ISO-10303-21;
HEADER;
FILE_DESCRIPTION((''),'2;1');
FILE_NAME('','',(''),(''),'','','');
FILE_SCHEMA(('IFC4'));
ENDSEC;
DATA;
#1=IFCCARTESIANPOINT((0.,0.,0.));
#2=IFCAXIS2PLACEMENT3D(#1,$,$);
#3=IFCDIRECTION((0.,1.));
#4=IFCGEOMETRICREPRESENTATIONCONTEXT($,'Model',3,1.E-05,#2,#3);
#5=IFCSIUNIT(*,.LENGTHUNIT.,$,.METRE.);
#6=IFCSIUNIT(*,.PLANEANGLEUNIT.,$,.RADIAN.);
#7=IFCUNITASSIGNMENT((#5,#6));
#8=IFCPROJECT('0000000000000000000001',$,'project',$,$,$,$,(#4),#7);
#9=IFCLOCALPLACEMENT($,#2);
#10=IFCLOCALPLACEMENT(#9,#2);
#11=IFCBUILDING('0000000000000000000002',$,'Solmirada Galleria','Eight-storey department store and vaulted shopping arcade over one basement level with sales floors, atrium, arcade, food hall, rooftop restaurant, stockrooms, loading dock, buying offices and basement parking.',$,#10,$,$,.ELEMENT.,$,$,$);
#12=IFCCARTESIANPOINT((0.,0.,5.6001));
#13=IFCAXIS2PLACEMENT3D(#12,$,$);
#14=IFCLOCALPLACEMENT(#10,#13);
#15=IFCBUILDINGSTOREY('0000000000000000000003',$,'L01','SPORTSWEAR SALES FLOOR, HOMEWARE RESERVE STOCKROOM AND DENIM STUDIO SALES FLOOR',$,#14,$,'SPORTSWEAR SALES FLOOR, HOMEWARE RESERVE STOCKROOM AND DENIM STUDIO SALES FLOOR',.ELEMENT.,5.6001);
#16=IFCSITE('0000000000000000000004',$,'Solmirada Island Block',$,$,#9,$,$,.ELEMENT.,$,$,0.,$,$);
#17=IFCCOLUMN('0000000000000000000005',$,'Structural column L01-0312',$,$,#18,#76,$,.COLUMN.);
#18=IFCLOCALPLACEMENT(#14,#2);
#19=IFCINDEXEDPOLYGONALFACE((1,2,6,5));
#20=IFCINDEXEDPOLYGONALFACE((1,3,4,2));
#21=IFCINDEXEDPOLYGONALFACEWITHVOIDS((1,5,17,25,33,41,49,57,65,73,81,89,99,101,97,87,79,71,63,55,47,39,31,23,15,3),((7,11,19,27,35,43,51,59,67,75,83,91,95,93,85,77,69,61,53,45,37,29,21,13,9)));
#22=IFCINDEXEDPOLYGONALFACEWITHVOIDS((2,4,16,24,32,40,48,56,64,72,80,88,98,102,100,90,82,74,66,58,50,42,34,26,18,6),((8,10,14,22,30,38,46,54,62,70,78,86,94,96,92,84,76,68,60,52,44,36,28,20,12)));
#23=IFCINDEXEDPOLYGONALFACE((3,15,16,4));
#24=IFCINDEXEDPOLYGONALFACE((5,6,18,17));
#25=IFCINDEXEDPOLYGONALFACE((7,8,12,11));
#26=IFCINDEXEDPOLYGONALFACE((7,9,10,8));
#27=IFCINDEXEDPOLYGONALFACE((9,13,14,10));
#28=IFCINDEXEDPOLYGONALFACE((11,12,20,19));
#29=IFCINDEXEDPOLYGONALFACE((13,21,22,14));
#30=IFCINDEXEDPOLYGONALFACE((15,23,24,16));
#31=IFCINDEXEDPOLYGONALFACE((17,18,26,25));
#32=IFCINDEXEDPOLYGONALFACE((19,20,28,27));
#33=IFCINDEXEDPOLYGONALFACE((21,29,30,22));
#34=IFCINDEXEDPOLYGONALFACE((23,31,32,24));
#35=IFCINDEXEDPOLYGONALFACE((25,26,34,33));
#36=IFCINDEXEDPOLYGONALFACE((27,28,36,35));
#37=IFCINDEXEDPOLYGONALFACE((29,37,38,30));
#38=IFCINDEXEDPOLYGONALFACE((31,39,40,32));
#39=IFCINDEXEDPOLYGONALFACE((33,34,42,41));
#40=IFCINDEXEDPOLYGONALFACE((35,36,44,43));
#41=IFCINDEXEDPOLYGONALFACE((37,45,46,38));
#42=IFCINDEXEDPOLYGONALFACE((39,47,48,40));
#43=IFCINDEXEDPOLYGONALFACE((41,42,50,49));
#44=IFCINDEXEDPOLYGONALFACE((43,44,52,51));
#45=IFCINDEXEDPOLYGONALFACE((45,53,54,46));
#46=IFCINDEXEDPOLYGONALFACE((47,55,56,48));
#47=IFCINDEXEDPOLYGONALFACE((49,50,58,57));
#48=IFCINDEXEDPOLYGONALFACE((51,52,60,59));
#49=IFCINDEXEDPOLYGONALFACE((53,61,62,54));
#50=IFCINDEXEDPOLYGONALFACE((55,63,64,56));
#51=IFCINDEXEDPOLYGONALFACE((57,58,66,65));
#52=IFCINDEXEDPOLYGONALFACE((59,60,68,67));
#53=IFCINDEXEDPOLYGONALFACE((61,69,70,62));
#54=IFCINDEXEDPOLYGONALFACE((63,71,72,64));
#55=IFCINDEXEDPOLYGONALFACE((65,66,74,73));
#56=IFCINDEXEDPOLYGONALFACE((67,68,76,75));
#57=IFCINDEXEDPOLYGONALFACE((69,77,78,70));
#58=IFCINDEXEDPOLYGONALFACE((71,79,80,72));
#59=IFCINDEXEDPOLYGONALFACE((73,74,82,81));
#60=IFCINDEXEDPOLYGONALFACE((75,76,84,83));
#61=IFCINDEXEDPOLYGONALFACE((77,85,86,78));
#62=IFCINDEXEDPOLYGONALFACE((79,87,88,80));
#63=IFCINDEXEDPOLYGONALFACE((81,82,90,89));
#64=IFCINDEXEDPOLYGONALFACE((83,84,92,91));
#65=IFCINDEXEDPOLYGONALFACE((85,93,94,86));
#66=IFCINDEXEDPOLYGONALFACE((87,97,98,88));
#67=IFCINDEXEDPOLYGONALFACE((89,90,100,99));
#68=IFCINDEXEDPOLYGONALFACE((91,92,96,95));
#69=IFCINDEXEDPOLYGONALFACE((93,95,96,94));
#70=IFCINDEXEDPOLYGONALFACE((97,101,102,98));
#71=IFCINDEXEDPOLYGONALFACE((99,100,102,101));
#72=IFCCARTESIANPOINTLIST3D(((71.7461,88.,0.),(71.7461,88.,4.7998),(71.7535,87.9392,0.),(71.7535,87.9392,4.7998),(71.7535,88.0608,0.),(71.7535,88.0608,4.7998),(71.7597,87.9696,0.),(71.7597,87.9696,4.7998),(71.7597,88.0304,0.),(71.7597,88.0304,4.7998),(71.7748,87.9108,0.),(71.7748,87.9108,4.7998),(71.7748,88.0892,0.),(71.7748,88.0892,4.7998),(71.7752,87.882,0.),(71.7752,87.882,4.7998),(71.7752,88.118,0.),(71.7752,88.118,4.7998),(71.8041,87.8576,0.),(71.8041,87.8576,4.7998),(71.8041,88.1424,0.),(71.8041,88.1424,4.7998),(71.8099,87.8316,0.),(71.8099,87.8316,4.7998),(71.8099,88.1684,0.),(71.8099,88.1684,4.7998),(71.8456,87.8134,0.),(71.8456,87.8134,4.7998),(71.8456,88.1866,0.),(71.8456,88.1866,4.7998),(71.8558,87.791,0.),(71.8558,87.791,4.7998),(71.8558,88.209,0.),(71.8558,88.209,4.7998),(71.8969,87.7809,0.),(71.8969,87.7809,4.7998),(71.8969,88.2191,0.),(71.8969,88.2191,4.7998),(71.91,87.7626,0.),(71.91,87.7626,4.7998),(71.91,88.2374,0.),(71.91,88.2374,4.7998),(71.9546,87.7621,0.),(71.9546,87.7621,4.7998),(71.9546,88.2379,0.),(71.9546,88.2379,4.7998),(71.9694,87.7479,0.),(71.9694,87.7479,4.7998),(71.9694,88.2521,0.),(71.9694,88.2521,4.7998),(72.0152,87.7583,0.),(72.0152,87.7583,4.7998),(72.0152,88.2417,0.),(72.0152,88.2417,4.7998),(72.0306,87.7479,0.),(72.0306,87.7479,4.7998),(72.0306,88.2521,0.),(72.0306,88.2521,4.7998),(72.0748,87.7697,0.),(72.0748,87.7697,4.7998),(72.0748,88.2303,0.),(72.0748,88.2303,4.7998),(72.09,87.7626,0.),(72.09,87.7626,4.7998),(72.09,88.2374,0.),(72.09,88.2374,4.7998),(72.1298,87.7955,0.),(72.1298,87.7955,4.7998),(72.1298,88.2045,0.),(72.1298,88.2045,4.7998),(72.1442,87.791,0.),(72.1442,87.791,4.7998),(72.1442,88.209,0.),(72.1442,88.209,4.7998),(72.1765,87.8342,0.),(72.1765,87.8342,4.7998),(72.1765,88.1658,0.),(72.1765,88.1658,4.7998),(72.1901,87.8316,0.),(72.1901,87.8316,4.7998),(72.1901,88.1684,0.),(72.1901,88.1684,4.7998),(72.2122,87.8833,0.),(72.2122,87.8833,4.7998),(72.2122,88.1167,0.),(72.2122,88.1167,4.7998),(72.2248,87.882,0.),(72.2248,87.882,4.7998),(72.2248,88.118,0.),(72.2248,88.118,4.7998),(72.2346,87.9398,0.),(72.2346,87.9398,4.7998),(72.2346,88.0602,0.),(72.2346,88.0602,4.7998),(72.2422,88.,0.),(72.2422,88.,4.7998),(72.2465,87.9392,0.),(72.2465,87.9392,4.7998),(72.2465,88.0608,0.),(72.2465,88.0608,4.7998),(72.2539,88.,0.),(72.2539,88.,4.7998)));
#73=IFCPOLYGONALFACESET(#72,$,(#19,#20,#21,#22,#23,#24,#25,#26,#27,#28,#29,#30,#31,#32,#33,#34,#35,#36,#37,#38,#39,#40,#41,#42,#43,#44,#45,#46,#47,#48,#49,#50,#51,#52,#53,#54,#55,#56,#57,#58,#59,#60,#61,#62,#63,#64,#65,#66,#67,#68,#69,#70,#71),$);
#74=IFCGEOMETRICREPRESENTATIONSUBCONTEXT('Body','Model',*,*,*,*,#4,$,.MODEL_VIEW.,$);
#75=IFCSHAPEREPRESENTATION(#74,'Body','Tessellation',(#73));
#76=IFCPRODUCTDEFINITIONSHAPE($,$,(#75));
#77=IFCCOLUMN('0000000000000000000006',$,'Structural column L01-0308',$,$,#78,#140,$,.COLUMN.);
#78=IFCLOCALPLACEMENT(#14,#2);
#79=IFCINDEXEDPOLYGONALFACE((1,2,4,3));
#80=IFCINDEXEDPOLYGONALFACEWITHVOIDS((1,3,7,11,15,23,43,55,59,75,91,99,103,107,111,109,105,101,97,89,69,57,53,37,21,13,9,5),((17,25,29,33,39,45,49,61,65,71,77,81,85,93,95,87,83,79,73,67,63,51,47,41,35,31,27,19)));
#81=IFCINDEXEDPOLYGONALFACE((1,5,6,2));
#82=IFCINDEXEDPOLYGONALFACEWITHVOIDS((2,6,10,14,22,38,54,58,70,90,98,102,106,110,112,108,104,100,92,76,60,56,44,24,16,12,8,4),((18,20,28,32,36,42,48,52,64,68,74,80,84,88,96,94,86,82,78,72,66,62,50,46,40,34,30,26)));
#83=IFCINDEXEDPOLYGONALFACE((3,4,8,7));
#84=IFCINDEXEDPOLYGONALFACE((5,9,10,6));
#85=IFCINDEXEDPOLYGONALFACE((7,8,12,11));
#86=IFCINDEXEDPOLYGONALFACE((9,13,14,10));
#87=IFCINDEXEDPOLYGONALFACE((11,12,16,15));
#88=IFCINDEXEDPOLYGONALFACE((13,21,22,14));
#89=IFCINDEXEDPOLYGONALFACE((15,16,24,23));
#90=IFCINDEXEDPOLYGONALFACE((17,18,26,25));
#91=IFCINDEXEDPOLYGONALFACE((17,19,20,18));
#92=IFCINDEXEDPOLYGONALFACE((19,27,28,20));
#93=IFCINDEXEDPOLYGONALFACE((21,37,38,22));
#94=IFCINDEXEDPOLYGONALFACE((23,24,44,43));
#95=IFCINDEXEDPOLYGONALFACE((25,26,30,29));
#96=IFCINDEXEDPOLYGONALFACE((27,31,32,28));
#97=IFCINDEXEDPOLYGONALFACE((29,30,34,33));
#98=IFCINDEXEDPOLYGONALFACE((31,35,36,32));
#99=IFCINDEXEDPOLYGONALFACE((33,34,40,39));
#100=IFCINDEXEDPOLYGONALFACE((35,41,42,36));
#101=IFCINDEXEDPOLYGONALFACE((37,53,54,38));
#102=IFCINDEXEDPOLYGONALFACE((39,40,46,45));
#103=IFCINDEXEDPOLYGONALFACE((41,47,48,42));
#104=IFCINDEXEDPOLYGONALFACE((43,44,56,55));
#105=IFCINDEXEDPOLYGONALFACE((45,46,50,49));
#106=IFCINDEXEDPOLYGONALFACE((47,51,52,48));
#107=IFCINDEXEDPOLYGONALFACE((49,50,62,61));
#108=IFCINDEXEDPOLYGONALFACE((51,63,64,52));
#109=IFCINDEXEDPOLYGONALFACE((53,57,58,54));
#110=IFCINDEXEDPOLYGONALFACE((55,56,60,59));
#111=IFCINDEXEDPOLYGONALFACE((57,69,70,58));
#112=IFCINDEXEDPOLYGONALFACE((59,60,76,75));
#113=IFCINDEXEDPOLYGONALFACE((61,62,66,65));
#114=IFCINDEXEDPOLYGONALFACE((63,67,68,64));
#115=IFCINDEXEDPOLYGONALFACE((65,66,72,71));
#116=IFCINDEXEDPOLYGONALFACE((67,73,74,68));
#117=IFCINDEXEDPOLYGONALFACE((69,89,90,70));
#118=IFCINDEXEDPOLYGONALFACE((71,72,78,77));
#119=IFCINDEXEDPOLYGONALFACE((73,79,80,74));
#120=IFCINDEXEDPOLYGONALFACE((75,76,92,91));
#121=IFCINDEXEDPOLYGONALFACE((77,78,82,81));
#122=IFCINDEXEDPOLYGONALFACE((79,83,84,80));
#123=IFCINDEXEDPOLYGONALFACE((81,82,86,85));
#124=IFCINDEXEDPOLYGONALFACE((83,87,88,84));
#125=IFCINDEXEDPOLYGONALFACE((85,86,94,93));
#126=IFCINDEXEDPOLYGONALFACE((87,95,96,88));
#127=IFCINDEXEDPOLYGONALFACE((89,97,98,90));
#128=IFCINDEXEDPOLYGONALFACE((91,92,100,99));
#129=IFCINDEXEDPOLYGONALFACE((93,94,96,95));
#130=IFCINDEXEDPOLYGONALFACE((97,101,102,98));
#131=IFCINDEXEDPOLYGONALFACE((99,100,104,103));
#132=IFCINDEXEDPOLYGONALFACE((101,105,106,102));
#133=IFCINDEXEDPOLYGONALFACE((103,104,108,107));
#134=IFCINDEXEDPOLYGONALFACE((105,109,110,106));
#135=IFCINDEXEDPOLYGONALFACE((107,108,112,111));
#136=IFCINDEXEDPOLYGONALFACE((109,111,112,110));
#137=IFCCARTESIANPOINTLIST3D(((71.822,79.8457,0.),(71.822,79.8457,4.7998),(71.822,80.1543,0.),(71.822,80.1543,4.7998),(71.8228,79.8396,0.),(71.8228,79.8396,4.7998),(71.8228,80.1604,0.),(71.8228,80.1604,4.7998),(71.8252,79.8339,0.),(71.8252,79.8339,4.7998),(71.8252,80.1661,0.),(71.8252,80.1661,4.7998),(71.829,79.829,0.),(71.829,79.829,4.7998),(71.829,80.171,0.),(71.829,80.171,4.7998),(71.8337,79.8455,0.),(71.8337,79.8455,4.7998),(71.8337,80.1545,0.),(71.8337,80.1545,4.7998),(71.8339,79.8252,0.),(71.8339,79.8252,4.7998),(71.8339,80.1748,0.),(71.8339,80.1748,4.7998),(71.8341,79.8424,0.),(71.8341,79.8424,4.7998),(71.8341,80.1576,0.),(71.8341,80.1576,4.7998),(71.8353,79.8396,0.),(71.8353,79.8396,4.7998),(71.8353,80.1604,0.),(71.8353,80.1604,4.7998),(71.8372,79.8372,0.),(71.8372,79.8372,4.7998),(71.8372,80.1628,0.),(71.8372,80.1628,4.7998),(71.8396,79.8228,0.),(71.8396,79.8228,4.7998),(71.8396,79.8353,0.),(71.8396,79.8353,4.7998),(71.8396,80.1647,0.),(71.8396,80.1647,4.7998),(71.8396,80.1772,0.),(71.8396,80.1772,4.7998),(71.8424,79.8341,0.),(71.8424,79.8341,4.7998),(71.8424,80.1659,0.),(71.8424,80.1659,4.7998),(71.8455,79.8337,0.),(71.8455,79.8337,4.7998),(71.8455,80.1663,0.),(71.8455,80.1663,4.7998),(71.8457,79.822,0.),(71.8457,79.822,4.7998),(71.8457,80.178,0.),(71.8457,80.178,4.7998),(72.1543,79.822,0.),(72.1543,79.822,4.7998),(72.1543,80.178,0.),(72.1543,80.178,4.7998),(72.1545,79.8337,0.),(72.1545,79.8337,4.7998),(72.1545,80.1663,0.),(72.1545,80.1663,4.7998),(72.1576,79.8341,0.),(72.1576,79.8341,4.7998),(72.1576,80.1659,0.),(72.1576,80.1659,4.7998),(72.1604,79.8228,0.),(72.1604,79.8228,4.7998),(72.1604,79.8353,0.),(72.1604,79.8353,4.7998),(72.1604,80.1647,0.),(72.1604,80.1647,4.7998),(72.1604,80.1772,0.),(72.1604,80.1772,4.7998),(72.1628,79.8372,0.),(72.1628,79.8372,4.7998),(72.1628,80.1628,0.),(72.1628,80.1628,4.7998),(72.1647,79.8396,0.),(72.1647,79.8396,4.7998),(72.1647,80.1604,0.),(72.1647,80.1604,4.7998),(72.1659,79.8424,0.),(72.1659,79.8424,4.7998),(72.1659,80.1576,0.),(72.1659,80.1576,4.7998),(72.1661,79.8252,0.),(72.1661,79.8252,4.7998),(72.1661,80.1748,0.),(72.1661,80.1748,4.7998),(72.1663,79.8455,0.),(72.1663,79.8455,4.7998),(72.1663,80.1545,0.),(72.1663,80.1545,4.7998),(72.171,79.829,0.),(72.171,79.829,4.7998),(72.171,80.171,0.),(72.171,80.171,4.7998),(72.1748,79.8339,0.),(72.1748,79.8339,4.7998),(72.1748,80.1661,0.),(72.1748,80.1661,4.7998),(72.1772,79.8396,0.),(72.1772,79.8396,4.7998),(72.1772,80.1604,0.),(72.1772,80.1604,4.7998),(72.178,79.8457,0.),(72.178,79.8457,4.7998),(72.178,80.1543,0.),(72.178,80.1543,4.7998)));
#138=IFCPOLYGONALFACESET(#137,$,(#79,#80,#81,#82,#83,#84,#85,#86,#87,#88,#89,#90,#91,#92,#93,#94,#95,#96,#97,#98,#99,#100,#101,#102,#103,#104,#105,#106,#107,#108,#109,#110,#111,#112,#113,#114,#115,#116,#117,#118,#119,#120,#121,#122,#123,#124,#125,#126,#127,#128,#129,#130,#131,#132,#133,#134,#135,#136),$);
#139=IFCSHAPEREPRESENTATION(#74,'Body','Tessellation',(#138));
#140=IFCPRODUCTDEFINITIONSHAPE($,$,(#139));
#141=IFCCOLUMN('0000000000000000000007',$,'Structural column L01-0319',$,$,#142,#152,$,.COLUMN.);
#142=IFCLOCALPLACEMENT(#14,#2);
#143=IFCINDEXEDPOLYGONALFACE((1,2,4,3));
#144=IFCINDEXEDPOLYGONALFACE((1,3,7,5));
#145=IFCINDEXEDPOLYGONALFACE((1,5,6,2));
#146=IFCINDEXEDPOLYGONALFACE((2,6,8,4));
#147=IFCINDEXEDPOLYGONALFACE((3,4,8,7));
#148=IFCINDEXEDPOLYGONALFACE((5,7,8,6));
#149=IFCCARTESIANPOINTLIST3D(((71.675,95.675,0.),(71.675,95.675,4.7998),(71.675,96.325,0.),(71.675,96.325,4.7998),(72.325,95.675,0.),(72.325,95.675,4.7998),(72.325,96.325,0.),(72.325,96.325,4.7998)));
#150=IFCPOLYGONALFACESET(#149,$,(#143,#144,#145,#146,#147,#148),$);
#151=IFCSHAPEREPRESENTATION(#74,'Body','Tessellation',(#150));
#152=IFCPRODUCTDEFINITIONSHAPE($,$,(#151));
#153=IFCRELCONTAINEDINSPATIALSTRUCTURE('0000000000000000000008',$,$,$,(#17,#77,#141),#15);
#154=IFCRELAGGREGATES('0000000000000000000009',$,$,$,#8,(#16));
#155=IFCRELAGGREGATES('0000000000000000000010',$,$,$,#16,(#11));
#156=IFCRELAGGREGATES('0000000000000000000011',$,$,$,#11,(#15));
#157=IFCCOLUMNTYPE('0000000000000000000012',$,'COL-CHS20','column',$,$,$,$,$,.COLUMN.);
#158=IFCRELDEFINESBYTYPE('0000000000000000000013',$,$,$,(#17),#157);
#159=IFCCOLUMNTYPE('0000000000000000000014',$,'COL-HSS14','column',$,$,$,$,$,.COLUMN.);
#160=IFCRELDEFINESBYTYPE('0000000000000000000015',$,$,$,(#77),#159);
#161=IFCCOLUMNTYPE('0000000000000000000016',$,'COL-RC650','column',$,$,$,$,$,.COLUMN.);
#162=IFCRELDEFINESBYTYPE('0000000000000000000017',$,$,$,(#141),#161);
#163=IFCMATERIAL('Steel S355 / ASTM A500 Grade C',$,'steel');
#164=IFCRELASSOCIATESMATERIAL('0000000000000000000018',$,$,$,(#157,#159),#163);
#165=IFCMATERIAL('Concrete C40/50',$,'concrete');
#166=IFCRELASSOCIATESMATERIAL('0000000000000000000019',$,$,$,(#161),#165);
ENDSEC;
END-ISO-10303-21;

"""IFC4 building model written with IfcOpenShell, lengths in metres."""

from ifc_helpers import new_model, si_unit, direction, frame, origin, origin_2d, place, context, subcontext, project, spatial, rectangle, hollow_rectangle, hollow_circle, extrude, material, material_profile, profile_set, type_object, element, save


model = new_model("IFC4")

# Units and contexts
model_context = context("Model", 3, precision=1e-05, world=origin(), true_north=direction((0.0, 1.0)))
body_context = subcontext(model_context, "Body", "Model", "MODEL_VIEW")
ifc_project = project(units=[si_unit("LENGTHUNIT", "METRE"), si_unit("PLANEANGLEUNIT", "RADIAN")], contexts=[model_context])

# Site, building, storey
site_placement = place(None, origin())
site = spatial("IfcSite", under=ifc_project, at=site_placement, Name="Solmirada Island Block", CompositionType="ELEMENT", RefElevation=0.0)
building_placement = place(site_placement, origin())
building = spatial("IfcBuilding", under=site, at=building_placement, Name="Solmirada Galleria", Description="Eight-storey department store and vaulted shopping arcade over one basement level with sales floors, atrium, arcade, food hall, rooftop restaurant, stockrooms, loading dock, buying offices and basement parking.", CompositionType="ELEMENT")
storey_placement = place(building_placement, frame((0.0, 0.0, 5.6001)))
storey = spatial("IfcBuildingStorey", under=building, at=storey_placement, Name="L01", Description="SPORTSWEAR SALES FLOOR, HOMEWARE RESERVE STOCKROOM AND DENIM STUDIO SALES FLOOR", LongName="SPORTSWEAR SALES FLOOR, HOMEWARE RESERVE STOCKROOM AND DENIM STUDIO SALES FLOOR", CompositionType="ELEMENT", Elevation=5.6001)

# Columns
ifc_material_1 = material(Name="Steel S355 / ASTM A500 Grade C", Category="steel")
ifc_material_profile_1 = material_profile(ifc_material_1, hollow_circle(Radius=0.2539, WallThickness=0.0117, at=origin_2d()), Name="HSS20.000X0.500")
ifc_profile_set_1 = profile_set([ifc_material_profile_1], Name="Steel S355 / ASTM A500 Grade C")
column_type_1 = type_object("IfcColumnType", Name="COL-CHS20", Description="column", PredefinedType="COLUMN", material=ifc_profile_set_1)
column_1_placement = place(storey_placement, frame((72.0, 88.0, 0.0), z_axis=(0.0, 0.0, 1.0), x_axis=(1.0, 0.0, 0.0)))
element("IfcColumn", 1, at=column_1_placement, inside=storey, type_object=column_type_1, Name="Structural column L01-0312", PredefinedType="COLUMN", context=body_context, shape_type="SweptSolid", body=[
    extrude(hollow_circle(Radius=0.2539, WallThickness=0.0117, at=origin_2d()), origin(), (0.0, 0.0, 1.0), 4.7998),
])
ifc_material_profile_2 = material_profile(ifc_material_1, hollow_rectangle(XDim=0.356, YDim=0.356, WallThickness=0.0117, InnerFilletRadius=0.0117, OuterFilletRadius=0.0237, at=origin_2d()), Name="HSS14X14X1/2")
ifc_profile_set_2 = profile_set([ifc_material_profile_2], Name="Steel S355 / ASTM A500 Grade C")
column_type_2 = type_object("IfcColumnType", Name="COL-HSS14", Description="column", PredefinedType="COLUMN", material=ifc_profile_set_2)
column_2_placement = place(storey_placement, frame((72.0, 80.0, 0.0), z_axis=(0.0, 0.0, 1.0), x_axis=(1.0, 0.0, 0.0)))
element("IfcColumn", 2, at=column_2_placement, inside=storey, type_object=column_type_2, Name="Structural column L01-0308", PredefinedType="COLUMN", context=body_context, shape_type="SweptSolid", body=[
    extrude(hollow_rectangle(XDim=0.356, YDim=0.356, WallThickness=0.0117, InnerFilletRadius=0.0117, OuterFilletRadius=0.0237, at=origin_2d()), origin(), (0.0, 0.0, 1.0), 4.7998),
])
ifc_material_2 = material(Name="Concrete C40/50", Category="concrete")
ifc_material_profile_3 = material_profile(ifc_material_2, rectangle(XDim=0.6499, YDim=0.6499, at=origin_2d()), Name="RC650X650")
ifc_profile_set_3 = profile_set([ifc_material_profile_3], Name="Concrete C40/50")
column_type_3 = type_object("IfcColumnType", Name="COL-RC650", Description="column", PredefinedType="COLUMN", material=ifc_profile_set_3)
column_3_placement = place(storey_placement, frame((72.0, 96.0, 0.0), z_axis=(0.0, 0.0, 1.0), x_axis=(1.0, 0.0, 0.0)))
element("IfcColumn", 3, at=column_3_placement, inside=storey, type_object=column_type_3, Name="Structural column L01-0319", PredefinedType="COLUMN", context=body_context, shape_type="SweptSolid", body=[
    extrude(rectangle(XDim=0.6499, YDim=0.6499, at=origin_2d()), origin(), (0.0, 0.0, 1.0), 4.7998),
])

save(model, "model.ifc")
